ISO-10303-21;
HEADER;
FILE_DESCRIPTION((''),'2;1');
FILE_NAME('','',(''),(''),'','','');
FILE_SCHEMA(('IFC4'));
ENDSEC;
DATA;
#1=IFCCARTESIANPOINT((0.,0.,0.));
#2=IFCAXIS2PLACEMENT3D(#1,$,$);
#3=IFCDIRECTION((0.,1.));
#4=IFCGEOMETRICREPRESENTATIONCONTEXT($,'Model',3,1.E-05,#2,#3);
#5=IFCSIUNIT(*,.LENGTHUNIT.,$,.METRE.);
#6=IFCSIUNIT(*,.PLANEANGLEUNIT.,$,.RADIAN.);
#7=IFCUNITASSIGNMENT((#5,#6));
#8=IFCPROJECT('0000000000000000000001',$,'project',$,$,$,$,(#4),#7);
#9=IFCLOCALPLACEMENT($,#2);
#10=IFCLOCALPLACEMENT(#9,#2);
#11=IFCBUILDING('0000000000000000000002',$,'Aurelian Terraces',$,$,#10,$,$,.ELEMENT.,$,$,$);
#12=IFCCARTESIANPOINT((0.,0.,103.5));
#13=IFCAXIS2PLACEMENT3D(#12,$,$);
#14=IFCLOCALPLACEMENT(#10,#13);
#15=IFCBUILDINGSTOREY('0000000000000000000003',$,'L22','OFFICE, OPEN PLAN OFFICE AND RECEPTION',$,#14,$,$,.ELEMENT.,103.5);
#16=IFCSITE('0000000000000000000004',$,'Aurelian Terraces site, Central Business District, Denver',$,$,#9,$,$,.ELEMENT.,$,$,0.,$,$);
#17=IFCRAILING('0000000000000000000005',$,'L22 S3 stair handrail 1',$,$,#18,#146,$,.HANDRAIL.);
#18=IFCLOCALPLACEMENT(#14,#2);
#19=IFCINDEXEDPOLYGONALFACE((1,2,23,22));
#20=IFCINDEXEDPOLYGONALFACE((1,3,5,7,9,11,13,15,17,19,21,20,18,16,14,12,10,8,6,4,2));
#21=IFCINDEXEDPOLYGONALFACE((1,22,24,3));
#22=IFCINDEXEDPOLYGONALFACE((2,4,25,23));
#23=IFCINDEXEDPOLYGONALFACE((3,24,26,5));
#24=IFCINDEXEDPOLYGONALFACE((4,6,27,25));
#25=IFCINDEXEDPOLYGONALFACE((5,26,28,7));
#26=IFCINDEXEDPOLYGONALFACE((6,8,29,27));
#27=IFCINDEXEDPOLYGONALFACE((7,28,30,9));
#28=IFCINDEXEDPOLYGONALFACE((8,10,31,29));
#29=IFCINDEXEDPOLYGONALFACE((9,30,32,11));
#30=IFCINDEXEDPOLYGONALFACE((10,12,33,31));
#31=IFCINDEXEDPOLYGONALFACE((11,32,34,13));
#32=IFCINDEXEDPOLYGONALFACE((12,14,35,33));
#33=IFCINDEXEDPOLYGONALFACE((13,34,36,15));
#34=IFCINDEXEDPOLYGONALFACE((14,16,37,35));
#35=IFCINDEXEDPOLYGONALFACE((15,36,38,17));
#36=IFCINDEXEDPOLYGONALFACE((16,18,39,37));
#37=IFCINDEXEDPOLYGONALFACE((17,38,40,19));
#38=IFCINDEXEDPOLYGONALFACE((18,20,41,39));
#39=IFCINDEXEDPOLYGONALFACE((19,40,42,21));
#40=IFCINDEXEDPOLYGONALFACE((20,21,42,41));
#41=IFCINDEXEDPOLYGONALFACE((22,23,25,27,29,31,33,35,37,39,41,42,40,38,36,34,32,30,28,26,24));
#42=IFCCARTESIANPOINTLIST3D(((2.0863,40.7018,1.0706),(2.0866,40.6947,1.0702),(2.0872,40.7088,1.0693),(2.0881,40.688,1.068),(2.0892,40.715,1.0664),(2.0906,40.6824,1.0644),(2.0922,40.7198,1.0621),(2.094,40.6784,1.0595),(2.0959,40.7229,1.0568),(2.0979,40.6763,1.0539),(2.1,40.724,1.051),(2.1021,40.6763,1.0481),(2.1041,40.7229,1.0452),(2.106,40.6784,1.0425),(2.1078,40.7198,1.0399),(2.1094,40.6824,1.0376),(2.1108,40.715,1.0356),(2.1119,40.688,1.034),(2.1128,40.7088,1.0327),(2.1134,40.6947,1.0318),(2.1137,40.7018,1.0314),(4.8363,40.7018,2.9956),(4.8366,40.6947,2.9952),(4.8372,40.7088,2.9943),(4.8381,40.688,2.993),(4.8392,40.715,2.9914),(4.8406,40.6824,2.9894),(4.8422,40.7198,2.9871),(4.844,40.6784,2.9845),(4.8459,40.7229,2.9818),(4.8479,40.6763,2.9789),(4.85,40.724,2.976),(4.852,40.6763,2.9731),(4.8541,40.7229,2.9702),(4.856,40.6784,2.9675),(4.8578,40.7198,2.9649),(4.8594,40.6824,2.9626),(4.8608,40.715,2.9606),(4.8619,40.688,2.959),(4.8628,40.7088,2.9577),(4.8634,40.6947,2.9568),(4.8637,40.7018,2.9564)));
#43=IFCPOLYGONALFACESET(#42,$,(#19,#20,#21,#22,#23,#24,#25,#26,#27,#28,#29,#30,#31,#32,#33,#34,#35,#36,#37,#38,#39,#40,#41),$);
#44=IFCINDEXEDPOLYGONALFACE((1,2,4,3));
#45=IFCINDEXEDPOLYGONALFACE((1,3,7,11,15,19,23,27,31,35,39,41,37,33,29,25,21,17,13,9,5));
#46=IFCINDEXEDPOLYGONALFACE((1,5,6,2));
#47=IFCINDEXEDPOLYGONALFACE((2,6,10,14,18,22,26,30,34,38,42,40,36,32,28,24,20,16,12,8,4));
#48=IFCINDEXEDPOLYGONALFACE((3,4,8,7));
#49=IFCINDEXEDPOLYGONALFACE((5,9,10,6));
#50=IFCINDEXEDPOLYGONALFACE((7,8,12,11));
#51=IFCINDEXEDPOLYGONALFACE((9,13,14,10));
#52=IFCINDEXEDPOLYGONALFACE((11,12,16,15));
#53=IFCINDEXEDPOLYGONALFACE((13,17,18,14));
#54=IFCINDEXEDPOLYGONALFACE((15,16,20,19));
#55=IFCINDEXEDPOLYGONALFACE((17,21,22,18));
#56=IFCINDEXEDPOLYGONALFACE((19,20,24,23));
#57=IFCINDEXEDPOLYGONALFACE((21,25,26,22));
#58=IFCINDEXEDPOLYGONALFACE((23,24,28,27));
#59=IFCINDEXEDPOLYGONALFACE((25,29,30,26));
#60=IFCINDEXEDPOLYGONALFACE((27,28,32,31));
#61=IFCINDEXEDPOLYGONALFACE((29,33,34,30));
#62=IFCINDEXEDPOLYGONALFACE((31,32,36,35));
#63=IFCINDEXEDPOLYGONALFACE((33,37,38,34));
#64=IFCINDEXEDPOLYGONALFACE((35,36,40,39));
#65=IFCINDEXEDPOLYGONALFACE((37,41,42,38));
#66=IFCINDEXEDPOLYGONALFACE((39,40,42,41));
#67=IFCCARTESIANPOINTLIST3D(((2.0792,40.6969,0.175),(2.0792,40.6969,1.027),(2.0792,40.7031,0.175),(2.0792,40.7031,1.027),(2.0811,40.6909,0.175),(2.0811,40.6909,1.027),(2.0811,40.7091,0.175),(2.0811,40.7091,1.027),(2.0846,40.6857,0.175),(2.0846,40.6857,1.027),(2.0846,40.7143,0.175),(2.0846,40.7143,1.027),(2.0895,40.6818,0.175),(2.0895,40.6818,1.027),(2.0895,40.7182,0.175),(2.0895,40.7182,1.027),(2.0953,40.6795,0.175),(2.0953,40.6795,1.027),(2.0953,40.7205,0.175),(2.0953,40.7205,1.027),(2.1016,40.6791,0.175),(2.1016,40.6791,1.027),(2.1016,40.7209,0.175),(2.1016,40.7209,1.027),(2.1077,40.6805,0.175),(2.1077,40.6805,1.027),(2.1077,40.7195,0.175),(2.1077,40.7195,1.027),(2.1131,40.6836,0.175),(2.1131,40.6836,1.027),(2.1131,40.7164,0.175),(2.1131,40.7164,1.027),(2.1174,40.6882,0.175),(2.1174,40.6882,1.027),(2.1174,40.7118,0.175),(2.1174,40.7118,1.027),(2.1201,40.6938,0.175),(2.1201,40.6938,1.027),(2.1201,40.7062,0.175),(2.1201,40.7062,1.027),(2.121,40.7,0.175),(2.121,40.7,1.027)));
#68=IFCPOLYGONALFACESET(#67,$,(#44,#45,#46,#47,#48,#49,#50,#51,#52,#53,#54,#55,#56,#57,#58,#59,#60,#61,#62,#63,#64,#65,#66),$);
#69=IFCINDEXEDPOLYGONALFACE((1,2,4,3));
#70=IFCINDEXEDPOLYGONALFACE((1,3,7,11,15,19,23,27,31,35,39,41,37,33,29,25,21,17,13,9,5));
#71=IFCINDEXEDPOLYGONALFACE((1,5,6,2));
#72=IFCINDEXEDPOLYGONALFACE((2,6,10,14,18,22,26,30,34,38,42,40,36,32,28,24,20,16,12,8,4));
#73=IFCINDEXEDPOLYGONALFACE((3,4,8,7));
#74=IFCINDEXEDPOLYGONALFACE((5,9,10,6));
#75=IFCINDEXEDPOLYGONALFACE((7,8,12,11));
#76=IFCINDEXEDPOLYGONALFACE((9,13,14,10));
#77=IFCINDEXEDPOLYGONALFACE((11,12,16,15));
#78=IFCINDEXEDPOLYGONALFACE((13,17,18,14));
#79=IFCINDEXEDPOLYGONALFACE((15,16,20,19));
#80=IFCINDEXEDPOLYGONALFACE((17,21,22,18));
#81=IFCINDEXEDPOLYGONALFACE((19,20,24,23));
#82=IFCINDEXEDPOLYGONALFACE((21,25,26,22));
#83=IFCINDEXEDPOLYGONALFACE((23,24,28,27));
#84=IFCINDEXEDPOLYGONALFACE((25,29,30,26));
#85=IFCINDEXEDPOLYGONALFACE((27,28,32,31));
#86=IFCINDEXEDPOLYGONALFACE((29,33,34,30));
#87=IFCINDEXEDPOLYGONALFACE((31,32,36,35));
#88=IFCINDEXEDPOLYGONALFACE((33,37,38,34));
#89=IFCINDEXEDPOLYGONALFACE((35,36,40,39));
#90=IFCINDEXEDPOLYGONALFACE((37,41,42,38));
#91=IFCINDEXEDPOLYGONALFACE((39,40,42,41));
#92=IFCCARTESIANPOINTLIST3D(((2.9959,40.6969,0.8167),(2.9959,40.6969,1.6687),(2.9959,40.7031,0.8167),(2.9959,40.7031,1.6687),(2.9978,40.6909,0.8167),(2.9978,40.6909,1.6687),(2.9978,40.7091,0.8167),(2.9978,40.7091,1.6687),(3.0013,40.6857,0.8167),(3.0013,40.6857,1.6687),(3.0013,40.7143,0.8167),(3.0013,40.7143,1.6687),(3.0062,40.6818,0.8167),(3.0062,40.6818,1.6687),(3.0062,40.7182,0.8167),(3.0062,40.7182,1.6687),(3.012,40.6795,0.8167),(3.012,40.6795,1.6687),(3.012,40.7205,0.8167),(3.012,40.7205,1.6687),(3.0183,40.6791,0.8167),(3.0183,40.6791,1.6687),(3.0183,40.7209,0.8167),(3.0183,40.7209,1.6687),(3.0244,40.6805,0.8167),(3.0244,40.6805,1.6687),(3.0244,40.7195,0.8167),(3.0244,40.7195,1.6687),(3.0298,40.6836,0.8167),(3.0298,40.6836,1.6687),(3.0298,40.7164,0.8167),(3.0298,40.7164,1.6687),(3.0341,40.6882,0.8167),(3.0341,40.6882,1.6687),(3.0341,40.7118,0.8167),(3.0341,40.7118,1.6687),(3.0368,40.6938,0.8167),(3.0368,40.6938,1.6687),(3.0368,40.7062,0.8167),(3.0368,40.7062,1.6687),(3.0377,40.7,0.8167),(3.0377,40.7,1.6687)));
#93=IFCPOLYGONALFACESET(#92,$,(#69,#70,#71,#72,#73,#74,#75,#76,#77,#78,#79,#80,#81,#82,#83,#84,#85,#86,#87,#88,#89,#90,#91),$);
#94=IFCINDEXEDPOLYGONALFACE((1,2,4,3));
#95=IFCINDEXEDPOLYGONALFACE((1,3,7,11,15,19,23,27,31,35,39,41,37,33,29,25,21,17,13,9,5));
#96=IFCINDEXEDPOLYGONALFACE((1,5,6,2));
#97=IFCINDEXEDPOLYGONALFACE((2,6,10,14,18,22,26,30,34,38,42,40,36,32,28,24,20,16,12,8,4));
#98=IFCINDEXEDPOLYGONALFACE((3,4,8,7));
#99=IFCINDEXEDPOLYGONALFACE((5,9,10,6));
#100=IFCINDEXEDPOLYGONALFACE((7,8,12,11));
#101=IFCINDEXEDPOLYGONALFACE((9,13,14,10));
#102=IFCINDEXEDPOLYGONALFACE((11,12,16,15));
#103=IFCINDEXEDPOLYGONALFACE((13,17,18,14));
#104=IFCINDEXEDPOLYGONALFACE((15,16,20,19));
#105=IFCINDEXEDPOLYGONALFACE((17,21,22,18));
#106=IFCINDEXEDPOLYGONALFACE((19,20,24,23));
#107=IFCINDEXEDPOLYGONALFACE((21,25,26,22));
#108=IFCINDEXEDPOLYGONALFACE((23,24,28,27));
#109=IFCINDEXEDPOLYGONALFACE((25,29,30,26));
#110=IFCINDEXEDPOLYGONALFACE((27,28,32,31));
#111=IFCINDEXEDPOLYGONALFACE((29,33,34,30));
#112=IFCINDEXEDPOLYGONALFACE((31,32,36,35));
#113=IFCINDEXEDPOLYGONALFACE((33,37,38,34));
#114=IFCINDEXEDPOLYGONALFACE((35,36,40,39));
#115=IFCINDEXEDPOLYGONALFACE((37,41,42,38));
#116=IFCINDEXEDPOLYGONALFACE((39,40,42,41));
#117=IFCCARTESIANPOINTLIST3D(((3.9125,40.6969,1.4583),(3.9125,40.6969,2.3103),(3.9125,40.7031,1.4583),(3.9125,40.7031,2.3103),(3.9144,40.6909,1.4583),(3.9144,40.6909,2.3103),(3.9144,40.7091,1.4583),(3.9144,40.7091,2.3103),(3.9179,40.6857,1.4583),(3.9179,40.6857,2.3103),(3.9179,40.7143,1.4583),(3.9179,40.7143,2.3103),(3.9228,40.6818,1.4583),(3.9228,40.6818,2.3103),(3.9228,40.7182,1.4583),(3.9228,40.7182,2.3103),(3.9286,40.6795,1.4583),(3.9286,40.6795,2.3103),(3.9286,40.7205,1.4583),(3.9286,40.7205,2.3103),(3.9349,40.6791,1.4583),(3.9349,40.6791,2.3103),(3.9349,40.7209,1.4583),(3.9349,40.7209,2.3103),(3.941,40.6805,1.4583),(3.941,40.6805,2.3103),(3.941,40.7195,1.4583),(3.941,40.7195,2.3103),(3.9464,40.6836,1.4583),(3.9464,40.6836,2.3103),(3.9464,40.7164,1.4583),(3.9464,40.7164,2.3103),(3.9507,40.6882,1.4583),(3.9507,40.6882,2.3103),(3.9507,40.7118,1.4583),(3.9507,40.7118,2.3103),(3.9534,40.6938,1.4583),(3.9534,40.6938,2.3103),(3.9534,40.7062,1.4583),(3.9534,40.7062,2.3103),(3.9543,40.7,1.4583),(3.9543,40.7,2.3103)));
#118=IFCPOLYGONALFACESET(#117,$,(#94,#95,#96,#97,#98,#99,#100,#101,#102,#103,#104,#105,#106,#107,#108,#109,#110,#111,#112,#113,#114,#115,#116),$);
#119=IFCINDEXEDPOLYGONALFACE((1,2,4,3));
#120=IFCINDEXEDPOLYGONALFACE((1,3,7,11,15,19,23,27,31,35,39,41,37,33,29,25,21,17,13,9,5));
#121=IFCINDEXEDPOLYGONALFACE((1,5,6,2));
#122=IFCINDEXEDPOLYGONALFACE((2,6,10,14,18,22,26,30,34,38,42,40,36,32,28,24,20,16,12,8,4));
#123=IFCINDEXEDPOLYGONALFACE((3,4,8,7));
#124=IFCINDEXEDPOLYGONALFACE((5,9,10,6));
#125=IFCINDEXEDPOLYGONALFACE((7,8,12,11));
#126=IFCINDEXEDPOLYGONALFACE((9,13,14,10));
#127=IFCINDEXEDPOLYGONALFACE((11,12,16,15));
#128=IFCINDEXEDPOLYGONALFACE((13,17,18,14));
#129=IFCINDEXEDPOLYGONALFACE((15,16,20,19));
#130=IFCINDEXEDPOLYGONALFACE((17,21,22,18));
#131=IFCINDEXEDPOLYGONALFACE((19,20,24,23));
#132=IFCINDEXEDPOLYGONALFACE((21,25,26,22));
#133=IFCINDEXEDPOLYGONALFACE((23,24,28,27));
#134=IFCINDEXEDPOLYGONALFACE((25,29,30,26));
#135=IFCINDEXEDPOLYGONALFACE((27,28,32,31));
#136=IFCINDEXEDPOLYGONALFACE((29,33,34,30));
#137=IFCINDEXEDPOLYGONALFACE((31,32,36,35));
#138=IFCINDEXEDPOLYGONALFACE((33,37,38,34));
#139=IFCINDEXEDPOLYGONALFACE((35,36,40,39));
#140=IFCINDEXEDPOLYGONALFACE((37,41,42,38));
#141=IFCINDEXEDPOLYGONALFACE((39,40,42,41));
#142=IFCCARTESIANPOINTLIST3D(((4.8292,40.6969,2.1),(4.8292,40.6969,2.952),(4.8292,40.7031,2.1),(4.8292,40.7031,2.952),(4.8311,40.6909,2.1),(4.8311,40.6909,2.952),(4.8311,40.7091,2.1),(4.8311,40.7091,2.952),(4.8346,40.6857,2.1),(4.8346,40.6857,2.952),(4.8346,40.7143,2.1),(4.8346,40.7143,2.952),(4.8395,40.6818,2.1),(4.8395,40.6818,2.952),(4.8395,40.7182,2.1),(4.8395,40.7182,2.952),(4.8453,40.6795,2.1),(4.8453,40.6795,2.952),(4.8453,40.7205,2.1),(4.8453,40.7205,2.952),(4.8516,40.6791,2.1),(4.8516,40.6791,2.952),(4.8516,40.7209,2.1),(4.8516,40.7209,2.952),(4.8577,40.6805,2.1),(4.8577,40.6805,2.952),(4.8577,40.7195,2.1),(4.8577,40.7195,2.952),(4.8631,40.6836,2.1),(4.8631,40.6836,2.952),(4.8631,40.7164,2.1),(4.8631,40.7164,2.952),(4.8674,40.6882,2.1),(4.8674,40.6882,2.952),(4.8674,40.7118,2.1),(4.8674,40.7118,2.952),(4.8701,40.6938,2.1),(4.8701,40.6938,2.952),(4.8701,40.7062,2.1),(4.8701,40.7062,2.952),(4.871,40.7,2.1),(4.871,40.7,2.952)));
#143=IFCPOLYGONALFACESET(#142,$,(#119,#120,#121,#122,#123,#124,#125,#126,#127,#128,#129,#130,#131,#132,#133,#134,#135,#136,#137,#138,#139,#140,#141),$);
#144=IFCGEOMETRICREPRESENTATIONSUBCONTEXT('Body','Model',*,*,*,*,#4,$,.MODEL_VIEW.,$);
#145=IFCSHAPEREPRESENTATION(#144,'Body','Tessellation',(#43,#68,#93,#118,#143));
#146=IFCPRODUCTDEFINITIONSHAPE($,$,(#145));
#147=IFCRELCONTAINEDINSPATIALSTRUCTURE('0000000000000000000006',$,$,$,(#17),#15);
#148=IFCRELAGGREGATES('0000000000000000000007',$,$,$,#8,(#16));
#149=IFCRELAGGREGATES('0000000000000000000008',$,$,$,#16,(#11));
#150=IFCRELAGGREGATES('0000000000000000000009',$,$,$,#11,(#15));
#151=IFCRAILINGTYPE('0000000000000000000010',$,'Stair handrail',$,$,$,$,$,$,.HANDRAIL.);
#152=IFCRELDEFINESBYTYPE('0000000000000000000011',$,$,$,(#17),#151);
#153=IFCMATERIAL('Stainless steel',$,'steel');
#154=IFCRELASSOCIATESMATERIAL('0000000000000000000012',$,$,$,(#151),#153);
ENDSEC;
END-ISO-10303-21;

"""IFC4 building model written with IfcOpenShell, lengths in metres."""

from ifc_helpers import new_model, si_unit, direction, frame, origin, origin_2d, place, context, subcontext, project, spatial, circle, extrude, source, transform, mapped, material, type_object, element, save


model = new_model("IFC4")

# Units and contexts
model_context = context("Model", 3, precision=1e-05, world=origin(), true_north=direction((0.0, 1.0)))
body_context = subcontext(model_context, "Body", "Model", "MODEL_VIEW")
ifc_project = project(units=[si_unit("LENGTHUNIT", "METRE"), si_unit("PLANEANGLEUNIT", "RADIAN")], contexts=[model_context])

# Site, building, storey
site_placement = place(None, origin())
site = spatial("IfcSite", under=ifc_project, at=site_placement, Name="Aurelian Terraces site, Central Business District, Denver", CompositionType="ELEMENT", RefElevation=0.0)
building_placement = place(site_placement, origin())
building = spatial("IfcBuilding", under=site, at=building_placement, Name="Aurelian Terraces", CompositionType="ELEMENT")
storey_placement = place(building_placement, frame((0.0, 0.0, 103.5)))
storey = spatial("IfcBuildingStorey", under=building, at=storey_placement, Name="L22", Description="OFFICE, OPEN PLAN OFFICE AND RECEPTION", CompositionType="ELEMENT", Elevation=103.5)

# Railing
ifc_material_1 = material(Name="Stainless steel", Category="steel")
railing_type_1 = type_object("IfcRailingType", Name="Stair handrail", PredefinedType="HANDRAIL", material=ifc_material_1)
shared_shape_1 = source(origin(), body_context, "Body", "SweptSolid", [
    extrude(circle(Radius=0.024, at=origin_2d()), frame((0.0, 0.0, 0.876), z_axis=(0.819232, 0.0, 0.573462), x_axis=(0.0, 1.0, 0.0)), (0.0, 0.0, 1.0), 3.3568),
    extrude(circle(Radius=0.021, at=origin_2d()), origin(), (0.0, 0.0, 1.0), 0.852),
    extrude(circle(Radius=0.021, at=origin_2d()), frame((0.9167, 0.0, 0.6417)), (0.0, 0.0, 1.0), 0.852),
    extrude(circle(Radius=0.021, at=origin_2d()), frame((1.8333, 0.0, 1.2833)), (0.0, 0.0, 1.0), 0.852),
    extrude(circle(Radius=0.021, at=origin_2d()), frame((2.75, 0.0, 1.925)), (0.0, 0.0, 1.0), 0.852),
])
railing_1_placement = place(storey_placement, frame((2.1, 40.7, 0.175)))
element("IfcRailing", 1, at=railing_1_placement, inside=storey, type_object=railing_type_1, Name="L22 S3 stair handrail 1", PredefinedType="HANDRAIL", context=body_context, shape_type="MappedRepresentation", body=[
    mapped(shared_shape_1, transform((0.0, 0.0, 0.0), scale=1.0)),
])

save(model, "model.ifc")
